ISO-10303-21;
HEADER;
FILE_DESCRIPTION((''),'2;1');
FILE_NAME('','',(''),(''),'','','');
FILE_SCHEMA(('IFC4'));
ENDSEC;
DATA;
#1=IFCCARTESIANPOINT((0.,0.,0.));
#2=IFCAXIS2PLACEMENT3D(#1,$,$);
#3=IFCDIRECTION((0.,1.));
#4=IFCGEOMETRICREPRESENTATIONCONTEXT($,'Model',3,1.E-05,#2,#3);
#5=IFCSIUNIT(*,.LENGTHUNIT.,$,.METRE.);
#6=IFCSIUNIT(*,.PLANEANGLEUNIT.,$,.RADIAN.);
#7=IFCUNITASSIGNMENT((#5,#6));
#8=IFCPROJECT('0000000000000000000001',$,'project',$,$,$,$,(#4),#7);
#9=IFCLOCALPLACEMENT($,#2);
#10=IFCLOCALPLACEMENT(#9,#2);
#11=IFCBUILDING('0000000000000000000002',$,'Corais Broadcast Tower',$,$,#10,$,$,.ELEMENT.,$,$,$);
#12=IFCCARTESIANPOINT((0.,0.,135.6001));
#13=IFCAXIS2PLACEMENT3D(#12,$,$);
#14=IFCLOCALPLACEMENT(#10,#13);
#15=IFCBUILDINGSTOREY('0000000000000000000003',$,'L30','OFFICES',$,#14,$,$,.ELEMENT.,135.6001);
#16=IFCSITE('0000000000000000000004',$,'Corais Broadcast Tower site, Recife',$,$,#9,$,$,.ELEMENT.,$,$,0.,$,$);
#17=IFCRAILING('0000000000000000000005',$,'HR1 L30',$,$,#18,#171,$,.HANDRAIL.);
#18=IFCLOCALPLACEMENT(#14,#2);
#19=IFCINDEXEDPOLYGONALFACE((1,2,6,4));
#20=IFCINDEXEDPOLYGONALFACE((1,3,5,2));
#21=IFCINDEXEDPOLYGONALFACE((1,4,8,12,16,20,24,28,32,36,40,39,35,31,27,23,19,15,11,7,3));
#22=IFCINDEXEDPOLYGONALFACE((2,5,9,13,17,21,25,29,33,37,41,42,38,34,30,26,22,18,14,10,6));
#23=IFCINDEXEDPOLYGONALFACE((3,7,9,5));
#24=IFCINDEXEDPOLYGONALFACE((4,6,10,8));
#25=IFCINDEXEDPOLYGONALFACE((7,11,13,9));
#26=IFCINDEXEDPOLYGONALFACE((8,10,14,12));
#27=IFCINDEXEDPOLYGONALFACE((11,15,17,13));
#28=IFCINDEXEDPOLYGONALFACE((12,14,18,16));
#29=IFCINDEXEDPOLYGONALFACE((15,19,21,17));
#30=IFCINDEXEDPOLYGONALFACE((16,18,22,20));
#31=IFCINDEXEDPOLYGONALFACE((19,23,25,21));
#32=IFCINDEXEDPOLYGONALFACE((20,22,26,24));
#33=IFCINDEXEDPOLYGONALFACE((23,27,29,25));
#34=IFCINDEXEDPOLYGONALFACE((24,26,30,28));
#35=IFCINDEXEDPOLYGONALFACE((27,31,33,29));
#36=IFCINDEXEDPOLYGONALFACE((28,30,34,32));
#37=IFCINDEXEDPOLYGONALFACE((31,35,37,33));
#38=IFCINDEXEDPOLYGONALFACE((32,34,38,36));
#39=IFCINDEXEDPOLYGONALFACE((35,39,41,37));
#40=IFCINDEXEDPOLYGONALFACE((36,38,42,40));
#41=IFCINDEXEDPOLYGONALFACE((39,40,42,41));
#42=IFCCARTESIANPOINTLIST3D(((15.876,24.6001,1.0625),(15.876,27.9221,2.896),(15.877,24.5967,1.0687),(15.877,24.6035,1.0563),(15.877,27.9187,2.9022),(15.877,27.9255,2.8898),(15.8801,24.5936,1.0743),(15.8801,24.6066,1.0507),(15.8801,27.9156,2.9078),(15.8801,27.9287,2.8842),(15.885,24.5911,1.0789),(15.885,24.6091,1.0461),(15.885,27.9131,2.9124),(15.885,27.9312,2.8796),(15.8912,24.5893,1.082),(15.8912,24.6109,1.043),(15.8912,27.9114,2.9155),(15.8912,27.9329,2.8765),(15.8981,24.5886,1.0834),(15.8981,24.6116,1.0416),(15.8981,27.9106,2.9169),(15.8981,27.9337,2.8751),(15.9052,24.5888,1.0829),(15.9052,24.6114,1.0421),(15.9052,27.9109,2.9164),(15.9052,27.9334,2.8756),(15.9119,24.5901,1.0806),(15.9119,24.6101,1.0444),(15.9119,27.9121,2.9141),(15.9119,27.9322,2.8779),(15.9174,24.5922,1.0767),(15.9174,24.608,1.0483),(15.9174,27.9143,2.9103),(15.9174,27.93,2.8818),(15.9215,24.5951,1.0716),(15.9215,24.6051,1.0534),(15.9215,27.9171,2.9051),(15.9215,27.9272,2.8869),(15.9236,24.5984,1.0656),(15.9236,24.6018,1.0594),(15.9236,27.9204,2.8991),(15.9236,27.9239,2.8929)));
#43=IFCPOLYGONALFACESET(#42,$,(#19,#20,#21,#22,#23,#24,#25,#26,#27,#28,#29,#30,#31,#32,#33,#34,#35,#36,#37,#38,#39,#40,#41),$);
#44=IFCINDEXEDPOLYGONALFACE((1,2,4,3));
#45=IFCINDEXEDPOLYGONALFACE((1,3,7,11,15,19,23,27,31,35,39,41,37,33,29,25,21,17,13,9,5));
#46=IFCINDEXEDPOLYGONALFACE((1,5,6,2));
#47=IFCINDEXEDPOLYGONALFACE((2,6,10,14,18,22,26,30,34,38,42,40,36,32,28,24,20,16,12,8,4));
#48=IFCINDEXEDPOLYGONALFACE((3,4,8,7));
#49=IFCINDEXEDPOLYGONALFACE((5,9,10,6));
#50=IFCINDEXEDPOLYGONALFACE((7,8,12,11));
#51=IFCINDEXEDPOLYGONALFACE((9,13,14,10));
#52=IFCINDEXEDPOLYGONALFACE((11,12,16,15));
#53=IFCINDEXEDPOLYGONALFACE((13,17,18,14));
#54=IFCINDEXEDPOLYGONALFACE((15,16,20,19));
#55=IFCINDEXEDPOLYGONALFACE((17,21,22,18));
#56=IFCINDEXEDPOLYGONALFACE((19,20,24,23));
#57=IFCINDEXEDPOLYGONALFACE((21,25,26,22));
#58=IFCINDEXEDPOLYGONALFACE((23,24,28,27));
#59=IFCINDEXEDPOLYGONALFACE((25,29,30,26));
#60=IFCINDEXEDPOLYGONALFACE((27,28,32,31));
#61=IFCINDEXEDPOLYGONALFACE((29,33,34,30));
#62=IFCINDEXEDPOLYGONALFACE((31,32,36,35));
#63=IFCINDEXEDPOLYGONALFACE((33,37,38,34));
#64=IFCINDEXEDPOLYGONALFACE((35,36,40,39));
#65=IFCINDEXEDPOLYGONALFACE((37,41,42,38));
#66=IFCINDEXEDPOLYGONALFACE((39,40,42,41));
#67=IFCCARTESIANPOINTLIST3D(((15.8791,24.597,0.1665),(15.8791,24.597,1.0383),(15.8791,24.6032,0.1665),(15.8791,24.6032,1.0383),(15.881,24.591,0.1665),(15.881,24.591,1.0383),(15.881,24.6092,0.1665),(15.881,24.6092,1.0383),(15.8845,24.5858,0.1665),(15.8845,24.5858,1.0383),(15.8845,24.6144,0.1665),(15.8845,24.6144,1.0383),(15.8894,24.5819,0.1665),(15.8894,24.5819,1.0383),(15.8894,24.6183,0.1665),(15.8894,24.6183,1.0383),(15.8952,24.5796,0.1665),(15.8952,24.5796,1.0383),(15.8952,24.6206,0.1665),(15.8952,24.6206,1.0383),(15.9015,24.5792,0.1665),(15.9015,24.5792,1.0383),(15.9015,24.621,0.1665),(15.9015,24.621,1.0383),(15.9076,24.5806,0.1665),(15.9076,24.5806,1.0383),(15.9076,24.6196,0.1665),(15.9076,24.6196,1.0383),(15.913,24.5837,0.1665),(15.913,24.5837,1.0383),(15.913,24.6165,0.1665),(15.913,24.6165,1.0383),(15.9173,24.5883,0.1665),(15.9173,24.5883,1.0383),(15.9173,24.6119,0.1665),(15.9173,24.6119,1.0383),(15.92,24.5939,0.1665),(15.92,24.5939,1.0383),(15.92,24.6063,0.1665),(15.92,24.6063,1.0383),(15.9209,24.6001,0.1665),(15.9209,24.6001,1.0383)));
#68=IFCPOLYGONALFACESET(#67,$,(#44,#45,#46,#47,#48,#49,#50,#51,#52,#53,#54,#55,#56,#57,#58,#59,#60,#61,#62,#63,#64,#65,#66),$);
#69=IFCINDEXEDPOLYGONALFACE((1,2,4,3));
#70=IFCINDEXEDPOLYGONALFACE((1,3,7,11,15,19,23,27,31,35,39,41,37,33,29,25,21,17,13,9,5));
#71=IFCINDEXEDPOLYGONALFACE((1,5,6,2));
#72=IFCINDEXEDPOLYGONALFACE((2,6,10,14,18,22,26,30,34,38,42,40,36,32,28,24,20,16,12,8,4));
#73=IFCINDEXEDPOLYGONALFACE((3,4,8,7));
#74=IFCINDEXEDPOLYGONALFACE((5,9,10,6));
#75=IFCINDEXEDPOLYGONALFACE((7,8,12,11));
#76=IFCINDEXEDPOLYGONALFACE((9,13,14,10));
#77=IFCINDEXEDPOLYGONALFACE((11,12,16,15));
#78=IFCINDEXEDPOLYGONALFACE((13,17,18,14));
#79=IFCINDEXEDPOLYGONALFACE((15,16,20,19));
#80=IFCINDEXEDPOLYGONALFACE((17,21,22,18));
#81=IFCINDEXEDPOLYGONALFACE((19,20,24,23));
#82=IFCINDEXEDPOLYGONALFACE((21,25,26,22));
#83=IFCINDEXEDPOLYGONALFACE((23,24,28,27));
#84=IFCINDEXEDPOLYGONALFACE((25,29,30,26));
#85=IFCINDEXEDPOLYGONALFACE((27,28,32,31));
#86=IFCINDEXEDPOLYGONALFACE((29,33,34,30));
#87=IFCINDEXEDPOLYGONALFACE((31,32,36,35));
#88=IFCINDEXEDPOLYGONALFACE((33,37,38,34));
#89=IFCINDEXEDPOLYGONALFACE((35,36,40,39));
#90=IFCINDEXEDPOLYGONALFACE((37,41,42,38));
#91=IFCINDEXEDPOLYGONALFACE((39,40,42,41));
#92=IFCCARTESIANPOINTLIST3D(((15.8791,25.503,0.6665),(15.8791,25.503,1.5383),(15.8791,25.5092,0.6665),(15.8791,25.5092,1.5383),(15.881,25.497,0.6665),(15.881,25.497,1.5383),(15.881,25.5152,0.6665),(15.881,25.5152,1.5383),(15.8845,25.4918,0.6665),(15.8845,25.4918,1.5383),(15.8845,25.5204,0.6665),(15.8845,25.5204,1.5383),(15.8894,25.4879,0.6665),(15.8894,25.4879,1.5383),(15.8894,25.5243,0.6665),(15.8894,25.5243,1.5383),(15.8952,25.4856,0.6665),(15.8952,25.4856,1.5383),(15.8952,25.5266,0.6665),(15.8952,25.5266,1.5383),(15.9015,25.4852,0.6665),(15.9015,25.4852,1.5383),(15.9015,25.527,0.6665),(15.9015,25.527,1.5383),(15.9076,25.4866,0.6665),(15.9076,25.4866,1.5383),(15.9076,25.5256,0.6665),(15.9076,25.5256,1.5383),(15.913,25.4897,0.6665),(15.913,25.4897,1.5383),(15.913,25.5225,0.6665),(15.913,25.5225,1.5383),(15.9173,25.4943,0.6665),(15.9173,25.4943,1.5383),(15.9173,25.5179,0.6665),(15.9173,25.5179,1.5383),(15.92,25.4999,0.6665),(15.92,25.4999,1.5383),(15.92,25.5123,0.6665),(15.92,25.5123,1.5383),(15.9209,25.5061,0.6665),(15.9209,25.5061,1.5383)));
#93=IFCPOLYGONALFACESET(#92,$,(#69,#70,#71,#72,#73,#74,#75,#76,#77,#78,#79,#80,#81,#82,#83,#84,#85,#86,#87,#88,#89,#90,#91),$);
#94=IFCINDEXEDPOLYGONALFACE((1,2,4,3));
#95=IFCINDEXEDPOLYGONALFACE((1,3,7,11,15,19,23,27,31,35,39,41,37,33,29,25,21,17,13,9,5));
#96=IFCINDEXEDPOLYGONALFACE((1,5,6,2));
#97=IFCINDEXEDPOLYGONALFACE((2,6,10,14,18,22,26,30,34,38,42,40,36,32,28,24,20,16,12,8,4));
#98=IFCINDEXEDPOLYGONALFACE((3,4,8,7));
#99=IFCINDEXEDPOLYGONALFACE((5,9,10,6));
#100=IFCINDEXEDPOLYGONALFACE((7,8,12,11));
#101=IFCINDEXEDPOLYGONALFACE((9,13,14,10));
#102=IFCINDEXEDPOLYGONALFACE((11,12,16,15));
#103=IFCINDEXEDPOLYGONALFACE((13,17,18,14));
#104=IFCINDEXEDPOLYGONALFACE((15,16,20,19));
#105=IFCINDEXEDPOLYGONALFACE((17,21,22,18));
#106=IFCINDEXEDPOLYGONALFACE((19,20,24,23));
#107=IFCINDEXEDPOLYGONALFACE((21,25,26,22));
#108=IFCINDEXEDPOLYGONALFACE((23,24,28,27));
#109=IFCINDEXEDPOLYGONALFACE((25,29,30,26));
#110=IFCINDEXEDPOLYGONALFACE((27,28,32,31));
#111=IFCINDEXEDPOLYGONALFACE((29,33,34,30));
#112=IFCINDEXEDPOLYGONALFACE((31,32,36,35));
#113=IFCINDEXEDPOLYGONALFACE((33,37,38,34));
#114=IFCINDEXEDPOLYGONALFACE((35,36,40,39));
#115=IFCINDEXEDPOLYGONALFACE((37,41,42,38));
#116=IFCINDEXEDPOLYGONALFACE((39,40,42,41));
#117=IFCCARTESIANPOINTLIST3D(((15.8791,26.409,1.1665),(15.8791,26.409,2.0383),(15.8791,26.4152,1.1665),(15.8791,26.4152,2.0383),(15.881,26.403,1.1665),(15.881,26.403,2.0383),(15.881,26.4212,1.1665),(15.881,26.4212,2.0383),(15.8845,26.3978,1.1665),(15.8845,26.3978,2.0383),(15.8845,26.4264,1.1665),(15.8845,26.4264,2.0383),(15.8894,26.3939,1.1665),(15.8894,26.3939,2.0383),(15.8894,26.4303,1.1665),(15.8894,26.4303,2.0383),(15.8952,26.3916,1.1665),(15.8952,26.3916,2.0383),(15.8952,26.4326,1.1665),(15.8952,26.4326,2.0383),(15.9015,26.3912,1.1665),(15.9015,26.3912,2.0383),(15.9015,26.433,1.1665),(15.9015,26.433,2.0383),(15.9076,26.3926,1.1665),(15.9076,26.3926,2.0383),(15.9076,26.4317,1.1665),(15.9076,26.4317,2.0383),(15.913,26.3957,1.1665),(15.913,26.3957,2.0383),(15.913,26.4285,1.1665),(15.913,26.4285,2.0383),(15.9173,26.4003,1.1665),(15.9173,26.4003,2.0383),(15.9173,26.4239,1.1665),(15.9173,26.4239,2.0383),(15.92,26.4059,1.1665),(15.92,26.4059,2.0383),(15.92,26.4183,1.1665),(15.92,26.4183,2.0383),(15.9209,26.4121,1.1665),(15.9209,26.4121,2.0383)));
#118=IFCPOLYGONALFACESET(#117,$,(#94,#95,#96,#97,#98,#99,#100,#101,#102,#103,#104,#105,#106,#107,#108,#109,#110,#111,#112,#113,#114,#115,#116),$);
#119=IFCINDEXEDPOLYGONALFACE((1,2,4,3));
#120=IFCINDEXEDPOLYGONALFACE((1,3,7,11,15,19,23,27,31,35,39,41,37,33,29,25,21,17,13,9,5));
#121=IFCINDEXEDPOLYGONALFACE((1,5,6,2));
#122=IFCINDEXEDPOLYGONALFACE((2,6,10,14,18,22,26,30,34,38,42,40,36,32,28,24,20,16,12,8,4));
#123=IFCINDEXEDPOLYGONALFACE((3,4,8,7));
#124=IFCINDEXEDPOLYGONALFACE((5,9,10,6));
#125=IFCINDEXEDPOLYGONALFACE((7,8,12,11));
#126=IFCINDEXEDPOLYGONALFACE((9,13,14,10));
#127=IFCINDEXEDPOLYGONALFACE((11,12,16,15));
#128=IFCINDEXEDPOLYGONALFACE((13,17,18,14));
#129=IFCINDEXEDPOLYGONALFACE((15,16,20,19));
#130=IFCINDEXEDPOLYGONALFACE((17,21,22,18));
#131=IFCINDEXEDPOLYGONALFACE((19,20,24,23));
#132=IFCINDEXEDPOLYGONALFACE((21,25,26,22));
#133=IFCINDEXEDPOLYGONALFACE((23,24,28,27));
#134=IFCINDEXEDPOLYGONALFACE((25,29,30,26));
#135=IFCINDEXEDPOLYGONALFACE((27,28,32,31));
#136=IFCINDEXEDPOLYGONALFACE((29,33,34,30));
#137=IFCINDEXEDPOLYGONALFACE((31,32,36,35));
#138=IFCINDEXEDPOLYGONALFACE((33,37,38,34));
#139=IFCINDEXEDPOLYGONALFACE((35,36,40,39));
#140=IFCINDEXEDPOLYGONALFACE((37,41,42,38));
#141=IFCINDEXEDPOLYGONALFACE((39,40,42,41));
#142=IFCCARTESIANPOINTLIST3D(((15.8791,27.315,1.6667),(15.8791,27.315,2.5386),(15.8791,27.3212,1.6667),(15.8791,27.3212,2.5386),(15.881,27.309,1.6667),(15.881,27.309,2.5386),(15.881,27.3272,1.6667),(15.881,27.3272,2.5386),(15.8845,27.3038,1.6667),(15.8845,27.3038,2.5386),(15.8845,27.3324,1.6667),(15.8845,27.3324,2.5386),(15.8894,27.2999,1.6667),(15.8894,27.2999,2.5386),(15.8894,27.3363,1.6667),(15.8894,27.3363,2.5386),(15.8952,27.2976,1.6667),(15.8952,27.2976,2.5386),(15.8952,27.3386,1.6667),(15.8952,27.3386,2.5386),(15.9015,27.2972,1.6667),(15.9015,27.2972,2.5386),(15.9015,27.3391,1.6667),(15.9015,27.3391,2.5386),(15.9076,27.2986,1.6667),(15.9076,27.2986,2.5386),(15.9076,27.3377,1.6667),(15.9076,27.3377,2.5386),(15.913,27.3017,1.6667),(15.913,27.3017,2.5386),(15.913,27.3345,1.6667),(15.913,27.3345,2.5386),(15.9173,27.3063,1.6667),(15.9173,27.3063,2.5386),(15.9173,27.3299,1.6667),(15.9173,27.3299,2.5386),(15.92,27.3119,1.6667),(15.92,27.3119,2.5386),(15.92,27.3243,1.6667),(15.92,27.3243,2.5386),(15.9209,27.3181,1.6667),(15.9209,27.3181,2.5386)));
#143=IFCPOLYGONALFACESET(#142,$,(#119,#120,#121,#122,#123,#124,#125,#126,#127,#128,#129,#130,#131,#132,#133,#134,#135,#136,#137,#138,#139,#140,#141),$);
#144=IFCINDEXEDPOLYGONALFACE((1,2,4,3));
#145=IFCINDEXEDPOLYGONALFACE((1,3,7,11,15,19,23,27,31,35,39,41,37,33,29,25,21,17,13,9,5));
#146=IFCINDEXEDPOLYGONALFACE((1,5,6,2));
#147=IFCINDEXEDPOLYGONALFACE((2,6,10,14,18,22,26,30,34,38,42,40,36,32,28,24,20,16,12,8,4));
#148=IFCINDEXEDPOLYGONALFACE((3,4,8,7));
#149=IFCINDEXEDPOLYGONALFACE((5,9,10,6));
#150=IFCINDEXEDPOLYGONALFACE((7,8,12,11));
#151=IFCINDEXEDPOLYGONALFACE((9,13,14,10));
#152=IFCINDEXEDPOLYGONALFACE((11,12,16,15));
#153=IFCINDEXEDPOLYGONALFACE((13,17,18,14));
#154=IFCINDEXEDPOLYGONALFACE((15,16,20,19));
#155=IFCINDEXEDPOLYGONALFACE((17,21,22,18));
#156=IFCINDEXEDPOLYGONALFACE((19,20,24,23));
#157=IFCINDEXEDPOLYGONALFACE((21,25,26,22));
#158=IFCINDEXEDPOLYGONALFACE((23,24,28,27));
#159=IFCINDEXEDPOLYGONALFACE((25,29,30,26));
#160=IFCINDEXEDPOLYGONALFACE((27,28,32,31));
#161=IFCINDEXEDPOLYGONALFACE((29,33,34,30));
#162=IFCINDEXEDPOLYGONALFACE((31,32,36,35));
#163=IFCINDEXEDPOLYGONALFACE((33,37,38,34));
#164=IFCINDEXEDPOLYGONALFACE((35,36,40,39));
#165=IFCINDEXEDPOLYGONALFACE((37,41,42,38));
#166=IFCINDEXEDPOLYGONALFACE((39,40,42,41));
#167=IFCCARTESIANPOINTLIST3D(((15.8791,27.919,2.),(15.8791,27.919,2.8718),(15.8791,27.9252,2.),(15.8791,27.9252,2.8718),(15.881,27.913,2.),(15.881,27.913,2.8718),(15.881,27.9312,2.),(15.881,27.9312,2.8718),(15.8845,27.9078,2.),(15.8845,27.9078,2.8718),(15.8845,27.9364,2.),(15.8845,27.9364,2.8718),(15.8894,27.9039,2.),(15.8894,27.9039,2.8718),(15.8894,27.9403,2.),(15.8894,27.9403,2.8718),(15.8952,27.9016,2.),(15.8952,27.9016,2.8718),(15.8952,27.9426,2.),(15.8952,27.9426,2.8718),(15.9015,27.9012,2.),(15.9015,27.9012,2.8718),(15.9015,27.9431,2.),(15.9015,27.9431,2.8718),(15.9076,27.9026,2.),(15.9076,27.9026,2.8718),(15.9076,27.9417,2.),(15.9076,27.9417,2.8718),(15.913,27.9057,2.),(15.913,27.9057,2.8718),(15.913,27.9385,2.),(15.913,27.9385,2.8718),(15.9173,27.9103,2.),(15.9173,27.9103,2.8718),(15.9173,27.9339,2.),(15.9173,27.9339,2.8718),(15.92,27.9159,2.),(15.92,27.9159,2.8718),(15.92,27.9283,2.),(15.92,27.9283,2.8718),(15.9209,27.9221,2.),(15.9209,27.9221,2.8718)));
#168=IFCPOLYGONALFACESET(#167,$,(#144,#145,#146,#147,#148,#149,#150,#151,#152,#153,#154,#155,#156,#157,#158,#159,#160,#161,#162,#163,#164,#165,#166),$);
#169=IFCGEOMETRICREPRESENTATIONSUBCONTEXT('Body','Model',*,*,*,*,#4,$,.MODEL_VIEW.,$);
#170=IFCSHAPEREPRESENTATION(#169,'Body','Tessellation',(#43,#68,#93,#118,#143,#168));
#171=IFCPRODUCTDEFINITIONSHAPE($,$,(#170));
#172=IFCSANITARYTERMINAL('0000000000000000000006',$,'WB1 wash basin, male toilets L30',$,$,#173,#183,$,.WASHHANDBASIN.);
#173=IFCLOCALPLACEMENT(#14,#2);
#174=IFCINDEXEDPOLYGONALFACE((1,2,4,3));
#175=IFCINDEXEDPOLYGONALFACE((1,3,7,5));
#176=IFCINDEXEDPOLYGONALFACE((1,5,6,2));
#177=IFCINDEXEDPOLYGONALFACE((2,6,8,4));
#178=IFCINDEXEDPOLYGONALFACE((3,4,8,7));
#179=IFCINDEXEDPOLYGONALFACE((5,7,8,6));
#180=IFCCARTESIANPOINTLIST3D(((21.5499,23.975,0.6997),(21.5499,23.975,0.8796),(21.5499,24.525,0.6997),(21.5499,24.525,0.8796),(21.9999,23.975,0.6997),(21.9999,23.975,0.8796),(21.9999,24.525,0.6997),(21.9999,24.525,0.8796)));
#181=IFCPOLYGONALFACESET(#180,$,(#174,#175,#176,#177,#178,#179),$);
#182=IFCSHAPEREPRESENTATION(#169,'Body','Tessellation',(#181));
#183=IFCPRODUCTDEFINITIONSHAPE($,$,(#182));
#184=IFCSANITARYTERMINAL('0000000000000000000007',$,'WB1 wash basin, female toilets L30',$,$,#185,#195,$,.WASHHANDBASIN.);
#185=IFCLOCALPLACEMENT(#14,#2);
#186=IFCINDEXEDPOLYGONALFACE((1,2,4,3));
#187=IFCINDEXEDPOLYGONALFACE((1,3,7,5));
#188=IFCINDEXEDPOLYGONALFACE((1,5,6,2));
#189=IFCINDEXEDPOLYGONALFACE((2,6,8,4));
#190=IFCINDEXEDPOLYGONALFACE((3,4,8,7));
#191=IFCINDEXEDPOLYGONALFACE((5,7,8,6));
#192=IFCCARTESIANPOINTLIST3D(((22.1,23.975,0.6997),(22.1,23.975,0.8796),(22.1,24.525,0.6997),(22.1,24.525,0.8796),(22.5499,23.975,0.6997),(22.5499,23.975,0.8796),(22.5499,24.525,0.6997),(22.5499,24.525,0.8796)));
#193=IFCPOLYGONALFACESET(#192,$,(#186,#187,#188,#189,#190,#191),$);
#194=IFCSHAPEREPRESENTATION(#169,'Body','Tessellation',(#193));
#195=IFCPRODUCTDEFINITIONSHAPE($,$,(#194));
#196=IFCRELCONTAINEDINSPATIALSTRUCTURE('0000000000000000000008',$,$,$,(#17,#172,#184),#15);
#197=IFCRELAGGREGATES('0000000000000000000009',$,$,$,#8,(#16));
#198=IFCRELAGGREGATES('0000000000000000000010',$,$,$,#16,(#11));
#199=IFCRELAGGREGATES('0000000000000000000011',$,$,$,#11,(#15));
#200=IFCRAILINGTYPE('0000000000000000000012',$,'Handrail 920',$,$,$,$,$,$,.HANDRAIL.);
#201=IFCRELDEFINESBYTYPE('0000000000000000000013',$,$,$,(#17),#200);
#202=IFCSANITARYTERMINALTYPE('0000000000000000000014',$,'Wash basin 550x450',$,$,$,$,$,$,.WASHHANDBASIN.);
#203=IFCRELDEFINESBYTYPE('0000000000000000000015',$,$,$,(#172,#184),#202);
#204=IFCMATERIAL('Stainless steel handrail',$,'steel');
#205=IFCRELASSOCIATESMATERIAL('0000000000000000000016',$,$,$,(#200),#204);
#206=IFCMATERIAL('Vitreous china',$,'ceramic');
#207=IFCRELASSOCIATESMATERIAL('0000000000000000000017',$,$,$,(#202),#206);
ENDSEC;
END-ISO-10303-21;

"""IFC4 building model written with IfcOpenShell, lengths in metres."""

from ifc_helpers import new_model, si_unit, direction, frame, origin, origin_2d, place, context, subcontext, project, spatial, rectangle, circle, extrude, material, type_object, element, save


model = new_model("IFC4")

# Units and contexts
model_context = context("Model", 3, precision=1e-05, world=origin(), true_north=direction((0.0, 1.0)))
body_context = subcontext(model_context, "Body", "Model", "MODEL_VIEW")
ifc_project = project(units=[si_unit("LENGTHUNIT", "METRE"), si_unit("PLANEANGLEUNIT", "RADIAN")], contexts=[model_context])

# Site, building, storey
site_placement = place(None, origin())
site = spatial("IfcSite", under=ifc_project, at=site_placement, Name="Corais Broadcast Tower site, Recife", CompositionType="ELEMENT", RefElevation=0.0)
building_placement = place(site_placement, origin())
building = spatial("IfcBuilding", under=site, at=building_placement, Name="Corais Broadcast Tower", CompositionType="ELEMENT")
storey_placement = place(building_placement, frame((0.0, 0.0, 135.6001)))
storey = spatial("IfcBuildingStorey", under=building, at=storey_placement, Name="L30", Description="OFFICES", CompositionType="ELEMENT", Elevation=135.6001)

# Railing
ifc_material_1 = material(Name="Stainless steel handrail", Category="steel")
railing_type = type_object("IfcRailingType", Name="Handrail 920", PredefinedType="HANDRAIL", material=ifc_material_1)
for number, where, name in (
    (1, (15.8999, 24.6001, 0.1665), "HR1 L30"),
):
    element("IfcRailing", number, at=place(storey_placement, frame(where)), inside=storey, type_object=railing_type, Name=name, PredefinedType="HANDRAIL", context=body_context, shape_type="SweptSolid", body=[
        extrude(circle(Radius=0.0239, at=origin_2d()), frame((0.0, 0.0, 0.896), z_axis=(0.0, 0.875504, 0.48321), x_axis=(-1.0, 0.0, 0.0)), (0.0, 0.0, 1.0), 3.7944),
        extrude(circle(Radius=0.021, at=origin_2d()), origin(), (0.0, 0.0, 1.0), 0.8718),
        extrude(circle(Radius=0.021, at=origin_2d()), frame((0.0, 0.906, 0.5)), (0.0, 0.0, 1.0), 0.8718),
        extrude(circle(Radius=0.021, at=origin_2d()), frame((0.0, 1.812, 1.0)), (0.0, 0.0, 1.0), 0.8718),
        extrude(circle(Radius=0.021, at=origin_2d()), frame((0.0, 2.718, 1.5002)), (0.0, 0.0, 1.0), 0.8718),
        extrude(circle(Radius=0.021, at=origin_2d()), frame((0.0, 3.322, 1.8335)), (0.0, 0.0, 1.0), 0.8718),
    ])

# Sanitary terminals
ifc_material_2 = material(Name="Vitreous china", Category="ceramic")
sanitary_terminal_type = type_object("IfcSanitaryTerminalType", Name="Wash basin 550x450", PredefinedType="WASHHANDBASIN", material=ifc_material_2)
for number, where, z_axis, x_axis, name in (
    (2, (21.7749, 24.25, 0.6997), (0.0, 0.0, 1.0), (1.0, 0.0, 0.0), "WB1 wash basin, male toilets L30"),
    (3, (22.325, 24.25, 0.6997), (0.0, 0.0, 1.0), (1.0, 0.0, 0.0), "WB1 wash basin, female toilets L30"),
):
    element("IfcSanitaryTerminal", number, at=place(storey_placement, frame(where, z_axis=z_axis, x_axis=x_axis)), inside=storey, type_object=sanitary_terminal_type, Name=name, PredefinedType="WASHHANDBASIN", context=body_context, shape_type="SweptSolid", body=[
        extrude(rectangle(XDim=0.45, YDim=0.55, at=origin_2d()), origin(), (0.0, 0.0, 1.0), 0.1799),
    ])

save(model, "model.ifc")
